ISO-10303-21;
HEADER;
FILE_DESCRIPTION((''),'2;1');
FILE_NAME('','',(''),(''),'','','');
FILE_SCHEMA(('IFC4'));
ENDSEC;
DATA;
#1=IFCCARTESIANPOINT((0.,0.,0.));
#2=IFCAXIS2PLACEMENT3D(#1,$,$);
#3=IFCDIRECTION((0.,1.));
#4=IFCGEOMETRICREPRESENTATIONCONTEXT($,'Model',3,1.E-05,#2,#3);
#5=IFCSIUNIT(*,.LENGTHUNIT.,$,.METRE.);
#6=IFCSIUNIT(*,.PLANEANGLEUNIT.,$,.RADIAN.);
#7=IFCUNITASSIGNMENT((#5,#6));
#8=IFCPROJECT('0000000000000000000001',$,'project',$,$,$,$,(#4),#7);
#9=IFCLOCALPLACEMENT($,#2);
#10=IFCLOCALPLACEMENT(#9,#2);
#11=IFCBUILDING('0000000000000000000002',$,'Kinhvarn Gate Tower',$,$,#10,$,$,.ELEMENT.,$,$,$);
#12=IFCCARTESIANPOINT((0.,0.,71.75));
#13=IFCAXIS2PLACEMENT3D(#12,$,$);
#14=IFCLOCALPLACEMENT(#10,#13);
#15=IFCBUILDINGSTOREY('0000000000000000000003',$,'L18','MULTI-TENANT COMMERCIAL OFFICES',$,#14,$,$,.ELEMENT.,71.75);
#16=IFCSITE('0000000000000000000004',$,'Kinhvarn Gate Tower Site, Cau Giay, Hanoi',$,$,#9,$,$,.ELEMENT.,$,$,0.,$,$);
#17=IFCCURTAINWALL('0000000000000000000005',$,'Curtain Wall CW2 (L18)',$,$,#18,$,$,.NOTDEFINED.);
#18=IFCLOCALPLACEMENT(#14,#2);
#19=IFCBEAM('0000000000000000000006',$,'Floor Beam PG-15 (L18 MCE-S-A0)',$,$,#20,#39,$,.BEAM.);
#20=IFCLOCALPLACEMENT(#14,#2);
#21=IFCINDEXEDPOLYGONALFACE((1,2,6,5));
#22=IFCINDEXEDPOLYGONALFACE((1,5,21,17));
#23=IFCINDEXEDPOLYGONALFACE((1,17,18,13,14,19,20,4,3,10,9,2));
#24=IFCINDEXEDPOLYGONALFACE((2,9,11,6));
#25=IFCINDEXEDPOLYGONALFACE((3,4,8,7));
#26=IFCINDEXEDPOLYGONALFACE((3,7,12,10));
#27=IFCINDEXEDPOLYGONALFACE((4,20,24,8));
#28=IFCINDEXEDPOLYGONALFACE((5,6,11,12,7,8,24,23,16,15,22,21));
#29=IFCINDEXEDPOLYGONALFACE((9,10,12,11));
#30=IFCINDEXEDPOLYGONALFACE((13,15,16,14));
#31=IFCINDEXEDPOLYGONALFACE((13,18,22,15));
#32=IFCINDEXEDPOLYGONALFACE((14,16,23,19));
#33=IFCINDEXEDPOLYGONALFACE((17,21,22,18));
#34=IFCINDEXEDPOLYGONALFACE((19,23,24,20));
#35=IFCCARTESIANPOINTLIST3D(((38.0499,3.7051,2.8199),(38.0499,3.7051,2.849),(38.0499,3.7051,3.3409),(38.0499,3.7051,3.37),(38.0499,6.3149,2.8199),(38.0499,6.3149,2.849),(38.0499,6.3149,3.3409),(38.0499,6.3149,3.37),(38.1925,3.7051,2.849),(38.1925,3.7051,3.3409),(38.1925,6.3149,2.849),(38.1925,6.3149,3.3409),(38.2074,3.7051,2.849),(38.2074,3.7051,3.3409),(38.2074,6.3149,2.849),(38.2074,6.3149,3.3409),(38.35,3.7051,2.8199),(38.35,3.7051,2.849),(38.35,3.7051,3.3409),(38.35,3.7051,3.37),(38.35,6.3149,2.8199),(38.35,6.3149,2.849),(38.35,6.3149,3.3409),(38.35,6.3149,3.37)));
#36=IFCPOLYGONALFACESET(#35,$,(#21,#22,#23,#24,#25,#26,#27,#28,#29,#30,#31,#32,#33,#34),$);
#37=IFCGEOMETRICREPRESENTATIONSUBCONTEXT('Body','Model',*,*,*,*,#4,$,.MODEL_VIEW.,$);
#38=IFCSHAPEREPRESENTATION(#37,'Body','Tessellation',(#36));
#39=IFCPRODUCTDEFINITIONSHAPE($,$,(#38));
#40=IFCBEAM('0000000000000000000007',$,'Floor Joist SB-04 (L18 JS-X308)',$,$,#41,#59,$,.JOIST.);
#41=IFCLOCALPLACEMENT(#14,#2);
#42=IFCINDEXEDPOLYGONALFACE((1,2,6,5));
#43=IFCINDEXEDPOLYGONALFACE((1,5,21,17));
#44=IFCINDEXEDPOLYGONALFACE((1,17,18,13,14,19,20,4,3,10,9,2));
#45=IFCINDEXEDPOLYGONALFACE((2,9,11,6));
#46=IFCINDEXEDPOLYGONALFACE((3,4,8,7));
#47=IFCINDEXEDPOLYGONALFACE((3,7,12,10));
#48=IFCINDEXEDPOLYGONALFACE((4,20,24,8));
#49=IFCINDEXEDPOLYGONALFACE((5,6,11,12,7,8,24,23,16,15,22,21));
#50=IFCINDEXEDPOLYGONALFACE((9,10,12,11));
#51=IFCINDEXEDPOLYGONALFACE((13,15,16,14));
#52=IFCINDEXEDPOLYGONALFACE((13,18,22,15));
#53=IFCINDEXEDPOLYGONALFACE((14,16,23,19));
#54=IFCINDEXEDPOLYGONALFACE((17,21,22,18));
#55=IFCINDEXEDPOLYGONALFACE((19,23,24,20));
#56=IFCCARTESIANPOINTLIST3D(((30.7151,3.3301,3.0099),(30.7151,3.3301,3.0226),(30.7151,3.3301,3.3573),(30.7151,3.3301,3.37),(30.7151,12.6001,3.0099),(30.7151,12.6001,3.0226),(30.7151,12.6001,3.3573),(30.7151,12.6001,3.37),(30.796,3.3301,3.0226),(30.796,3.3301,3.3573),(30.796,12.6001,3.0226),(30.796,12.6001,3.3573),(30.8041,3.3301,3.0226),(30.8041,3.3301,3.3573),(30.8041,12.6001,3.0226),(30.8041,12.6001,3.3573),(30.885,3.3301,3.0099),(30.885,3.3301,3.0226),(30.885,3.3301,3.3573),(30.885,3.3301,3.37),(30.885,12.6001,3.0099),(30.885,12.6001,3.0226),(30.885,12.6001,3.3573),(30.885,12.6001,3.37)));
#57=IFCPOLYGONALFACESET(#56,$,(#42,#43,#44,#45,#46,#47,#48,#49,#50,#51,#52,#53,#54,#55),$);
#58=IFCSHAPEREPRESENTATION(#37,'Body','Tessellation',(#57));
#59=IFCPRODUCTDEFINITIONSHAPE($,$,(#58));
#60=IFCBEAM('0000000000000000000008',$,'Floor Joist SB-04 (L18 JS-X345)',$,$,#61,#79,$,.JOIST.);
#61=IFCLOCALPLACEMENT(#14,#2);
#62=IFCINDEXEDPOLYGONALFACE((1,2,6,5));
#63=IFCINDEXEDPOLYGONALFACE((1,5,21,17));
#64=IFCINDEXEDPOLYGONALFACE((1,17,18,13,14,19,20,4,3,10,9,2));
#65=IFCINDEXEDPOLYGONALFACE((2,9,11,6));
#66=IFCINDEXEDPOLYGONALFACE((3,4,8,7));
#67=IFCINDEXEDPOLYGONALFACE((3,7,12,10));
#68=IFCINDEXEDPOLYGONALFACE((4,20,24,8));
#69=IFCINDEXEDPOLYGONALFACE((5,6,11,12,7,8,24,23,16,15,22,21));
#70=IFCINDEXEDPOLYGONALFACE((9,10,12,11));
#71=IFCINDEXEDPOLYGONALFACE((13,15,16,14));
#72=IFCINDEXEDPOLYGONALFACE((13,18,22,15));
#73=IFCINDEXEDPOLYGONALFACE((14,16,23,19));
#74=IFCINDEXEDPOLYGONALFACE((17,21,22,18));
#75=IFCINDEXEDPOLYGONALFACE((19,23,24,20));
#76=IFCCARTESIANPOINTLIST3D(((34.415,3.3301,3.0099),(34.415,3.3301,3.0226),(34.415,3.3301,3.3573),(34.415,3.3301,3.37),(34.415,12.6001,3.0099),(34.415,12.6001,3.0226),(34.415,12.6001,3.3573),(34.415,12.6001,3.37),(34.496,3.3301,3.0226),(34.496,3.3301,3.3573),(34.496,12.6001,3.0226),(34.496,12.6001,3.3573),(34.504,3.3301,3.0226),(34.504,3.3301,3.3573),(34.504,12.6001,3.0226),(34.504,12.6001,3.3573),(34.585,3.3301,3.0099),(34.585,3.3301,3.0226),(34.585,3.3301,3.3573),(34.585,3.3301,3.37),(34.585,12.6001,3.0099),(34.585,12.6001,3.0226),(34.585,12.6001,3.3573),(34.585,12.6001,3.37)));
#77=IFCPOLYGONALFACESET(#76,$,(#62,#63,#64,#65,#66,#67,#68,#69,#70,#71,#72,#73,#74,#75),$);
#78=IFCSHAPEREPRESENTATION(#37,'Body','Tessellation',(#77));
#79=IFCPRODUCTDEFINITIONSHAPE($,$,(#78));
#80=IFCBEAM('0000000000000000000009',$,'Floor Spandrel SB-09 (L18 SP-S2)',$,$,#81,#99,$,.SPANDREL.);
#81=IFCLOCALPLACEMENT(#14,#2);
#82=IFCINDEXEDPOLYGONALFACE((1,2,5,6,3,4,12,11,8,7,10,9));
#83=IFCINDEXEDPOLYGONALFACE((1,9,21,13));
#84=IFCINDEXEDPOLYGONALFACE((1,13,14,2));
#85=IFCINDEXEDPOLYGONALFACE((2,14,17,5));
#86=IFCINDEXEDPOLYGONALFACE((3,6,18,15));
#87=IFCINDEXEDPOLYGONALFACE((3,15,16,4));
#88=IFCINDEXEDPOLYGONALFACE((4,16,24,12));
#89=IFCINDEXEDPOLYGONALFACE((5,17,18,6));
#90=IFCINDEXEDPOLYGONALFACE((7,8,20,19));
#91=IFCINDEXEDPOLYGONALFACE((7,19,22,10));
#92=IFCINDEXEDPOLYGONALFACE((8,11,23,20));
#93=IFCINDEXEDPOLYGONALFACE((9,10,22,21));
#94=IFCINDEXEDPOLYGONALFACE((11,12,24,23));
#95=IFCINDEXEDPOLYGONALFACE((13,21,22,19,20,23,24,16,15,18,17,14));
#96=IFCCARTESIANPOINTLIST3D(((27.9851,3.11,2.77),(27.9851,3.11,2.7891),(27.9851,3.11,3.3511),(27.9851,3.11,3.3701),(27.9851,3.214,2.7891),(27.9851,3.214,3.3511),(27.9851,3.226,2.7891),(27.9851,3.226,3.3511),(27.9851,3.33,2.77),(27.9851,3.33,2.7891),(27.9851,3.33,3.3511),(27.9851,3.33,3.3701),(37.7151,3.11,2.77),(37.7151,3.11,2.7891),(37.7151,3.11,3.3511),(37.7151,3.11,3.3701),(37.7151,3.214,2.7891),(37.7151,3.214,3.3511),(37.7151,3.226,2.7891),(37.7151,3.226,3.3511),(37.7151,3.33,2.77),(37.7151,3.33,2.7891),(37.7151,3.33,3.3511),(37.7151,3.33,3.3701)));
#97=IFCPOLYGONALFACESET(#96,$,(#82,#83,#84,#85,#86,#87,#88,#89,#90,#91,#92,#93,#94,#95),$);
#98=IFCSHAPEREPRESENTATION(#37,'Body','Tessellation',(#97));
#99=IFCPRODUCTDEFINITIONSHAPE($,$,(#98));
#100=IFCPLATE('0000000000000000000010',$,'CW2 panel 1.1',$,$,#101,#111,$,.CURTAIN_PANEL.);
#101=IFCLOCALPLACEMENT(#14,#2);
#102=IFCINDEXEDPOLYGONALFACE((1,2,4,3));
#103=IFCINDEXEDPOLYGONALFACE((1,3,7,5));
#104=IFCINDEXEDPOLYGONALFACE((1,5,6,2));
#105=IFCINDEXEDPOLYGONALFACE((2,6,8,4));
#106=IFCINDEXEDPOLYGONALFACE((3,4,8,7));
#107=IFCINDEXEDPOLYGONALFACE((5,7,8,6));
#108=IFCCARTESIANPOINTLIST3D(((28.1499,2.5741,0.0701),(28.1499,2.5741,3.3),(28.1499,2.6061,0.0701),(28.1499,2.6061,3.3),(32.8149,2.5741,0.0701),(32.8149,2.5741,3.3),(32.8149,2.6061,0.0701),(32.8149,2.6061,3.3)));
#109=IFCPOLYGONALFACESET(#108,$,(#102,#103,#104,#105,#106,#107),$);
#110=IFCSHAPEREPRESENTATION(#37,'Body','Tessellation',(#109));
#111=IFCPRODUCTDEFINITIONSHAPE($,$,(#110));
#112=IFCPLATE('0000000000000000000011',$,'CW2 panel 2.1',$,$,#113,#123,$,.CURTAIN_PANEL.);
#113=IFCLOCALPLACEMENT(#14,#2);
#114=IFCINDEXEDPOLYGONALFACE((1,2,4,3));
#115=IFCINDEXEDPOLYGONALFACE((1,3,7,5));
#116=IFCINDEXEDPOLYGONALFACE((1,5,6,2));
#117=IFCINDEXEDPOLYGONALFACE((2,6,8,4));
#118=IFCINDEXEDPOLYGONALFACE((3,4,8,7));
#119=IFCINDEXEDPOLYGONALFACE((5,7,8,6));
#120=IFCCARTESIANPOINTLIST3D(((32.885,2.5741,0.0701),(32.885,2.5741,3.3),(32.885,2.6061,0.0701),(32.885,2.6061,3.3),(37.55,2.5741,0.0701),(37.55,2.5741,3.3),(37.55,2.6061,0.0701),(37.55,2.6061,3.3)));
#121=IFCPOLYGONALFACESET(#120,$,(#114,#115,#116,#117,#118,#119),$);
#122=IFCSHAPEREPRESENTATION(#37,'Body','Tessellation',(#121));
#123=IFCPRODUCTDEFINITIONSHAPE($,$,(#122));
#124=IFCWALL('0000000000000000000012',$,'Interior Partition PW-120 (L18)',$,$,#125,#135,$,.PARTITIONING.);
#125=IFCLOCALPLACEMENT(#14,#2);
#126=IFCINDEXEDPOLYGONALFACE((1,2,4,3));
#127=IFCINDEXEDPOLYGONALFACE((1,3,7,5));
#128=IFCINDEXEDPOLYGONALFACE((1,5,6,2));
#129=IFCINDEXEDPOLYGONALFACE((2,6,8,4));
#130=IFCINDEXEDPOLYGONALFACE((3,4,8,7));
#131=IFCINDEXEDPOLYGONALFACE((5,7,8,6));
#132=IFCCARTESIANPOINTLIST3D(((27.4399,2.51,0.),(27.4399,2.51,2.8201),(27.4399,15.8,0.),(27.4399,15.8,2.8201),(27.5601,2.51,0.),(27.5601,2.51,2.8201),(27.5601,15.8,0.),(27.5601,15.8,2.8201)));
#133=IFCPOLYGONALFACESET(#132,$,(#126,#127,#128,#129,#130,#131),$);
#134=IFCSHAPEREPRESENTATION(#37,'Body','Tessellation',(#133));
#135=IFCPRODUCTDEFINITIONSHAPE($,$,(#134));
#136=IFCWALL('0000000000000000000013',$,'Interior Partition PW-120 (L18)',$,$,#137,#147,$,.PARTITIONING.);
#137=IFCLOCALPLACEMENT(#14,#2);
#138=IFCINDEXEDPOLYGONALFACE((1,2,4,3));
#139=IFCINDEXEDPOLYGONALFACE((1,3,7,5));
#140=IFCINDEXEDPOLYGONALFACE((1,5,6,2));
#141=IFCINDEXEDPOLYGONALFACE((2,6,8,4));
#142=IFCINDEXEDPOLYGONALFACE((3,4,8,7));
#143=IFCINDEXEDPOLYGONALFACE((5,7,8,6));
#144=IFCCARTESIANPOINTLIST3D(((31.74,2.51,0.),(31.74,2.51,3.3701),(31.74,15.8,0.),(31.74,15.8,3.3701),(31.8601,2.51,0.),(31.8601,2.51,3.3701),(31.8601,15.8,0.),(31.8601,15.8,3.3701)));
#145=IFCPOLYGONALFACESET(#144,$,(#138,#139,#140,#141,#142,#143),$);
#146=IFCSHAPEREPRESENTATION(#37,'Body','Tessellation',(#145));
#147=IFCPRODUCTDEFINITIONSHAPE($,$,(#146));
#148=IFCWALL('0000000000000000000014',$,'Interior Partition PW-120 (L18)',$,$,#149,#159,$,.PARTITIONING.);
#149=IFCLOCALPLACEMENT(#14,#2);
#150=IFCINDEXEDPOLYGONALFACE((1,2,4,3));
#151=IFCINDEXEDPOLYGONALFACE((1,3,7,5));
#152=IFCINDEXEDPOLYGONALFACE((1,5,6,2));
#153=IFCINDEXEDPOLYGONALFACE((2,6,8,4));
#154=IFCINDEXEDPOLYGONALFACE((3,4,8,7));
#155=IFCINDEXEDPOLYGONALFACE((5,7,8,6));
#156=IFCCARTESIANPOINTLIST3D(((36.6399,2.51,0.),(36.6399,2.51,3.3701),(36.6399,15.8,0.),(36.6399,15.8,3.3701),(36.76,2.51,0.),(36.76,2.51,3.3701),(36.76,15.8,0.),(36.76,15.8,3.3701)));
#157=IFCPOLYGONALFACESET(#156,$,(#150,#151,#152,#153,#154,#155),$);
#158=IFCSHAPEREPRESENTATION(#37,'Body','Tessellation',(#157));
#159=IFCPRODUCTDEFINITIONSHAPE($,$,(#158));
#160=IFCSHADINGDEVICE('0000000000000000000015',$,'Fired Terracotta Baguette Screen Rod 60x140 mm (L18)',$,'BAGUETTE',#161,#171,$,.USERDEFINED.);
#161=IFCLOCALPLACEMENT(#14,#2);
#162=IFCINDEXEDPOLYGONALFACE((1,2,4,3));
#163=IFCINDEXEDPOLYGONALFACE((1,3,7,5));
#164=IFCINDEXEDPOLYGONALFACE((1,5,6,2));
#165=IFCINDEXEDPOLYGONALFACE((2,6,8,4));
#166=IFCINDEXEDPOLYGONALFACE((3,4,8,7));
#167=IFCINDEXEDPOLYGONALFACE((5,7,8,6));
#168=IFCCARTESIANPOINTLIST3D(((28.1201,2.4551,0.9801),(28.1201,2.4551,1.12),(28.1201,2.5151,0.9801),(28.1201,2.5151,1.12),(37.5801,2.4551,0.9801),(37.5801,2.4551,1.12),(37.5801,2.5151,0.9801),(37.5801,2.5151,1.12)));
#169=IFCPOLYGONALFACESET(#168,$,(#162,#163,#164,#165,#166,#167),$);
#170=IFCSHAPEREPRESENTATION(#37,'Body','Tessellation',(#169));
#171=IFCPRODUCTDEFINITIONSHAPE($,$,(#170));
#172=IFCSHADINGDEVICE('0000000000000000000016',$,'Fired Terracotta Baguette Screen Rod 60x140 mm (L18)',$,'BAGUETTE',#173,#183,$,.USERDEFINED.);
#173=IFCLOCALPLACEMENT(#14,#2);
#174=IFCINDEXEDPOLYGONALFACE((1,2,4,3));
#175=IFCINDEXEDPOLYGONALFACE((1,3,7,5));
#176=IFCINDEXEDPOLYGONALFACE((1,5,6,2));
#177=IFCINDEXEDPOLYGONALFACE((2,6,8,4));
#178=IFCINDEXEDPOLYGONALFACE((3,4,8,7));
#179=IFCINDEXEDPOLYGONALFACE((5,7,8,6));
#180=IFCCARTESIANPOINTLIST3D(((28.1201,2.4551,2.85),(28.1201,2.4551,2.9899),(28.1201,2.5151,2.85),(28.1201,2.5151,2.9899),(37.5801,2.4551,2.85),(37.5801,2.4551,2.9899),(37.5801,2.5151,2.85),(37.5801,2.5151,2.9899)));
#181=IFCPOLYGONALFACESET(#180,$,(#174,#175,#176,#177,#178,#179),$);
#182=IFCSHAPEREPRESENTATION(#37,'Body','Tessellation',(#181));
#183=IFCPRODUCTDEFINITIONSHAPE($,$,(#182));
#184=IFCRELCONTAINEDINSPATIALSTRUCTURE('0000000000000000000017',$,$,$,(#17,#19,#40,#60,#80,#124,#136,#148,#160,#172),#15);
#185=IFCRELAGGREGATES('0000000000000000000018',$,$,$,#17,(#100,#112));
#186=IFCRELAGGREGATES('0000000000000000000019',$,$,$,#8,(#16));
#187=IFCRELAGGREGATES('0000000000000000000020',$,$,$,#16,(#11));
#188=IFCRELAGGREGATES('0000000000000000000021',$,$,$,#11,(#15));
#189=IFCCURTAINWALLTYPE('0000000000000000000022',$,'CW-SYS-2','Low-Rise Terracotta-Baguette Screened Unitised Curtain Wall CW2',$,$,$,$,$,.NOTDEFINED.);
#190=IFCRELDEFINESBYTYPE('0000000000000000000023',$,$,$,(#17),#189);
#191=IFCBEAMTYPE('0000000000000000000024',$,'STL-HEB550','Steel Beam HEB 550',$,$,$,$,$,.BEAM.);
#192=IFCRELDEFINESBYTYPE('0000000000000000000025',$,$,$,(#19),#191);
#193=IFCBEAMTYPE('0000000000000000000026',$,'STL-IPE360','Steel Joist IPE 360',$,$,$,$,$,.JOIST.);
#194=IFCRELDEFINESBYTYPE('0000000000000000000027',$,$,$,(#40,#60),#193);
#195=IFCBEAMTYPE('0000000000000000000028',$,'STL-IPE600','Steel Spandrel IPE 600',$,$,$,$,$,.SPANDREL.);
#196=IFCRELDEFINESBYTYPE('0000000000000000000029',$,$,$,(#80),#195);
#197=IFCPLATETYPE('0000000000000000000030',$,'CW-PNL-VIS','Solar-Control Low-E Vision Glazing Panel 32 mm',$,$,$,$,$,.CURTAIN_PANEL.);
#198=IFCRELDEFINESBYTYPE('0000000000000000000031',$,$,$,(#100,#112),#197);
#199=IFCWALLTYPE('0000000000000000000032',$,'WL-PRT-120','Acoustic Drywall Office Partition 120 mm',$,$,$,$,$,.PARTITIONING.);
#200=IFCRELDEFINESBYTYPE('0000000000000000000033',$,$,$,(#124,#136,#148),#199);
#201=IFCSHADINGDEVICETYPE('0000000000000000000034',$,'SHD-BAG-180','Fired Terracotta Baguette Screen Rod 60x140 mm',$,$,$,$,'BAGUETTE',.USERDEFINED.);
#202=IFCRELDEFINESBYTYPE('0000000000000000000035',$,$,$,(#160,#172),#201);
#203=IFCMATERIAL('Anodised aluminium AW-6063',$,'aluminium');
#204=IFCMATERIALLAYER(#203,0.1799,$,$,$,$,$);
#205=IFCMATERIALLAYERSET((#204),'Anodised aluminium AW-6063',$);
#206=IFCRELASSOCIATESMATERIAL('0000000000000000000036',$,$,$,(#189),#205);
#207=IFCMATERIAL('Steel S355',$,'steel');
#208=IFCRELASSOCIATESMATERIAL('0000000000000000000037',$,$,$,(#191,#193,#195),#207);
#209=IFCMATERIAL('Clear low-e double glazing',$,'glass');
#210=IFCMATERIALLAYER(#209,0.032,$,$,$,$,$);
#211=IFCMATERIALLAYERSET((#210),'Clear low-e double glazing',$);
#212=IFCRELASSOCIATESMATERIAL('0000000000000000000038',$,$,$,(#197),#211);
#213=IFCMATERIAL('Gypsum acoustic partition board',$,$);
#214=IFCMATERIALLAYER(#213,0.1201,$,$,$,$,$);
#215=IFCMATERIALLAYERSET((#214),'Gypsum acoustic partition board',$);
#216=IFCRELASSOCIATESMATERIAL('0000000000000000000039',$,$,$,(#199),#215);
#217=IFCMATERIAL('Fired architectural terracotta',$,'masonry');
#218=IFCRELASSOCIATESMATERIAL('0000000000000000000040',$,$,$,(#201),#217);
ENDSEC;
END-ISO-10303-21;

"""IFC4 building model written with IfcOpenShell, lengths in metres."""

from ifc_helpers import new_model, si_unit, direction, frame, frame_2d, origin, origin_2d, place, context, subcontext, project, spatial, rectangle, i_section, extrude, material, layer, layer_set, material_profile, profile_set, type_object, element, aggregate, save


model = new_model("IFC4")

# Units and contexts
model_context = context("Model", 3, precision=1e-05, world=origin(), true_north=direction((0.0, 1.0)))
body_context = subcontext(model_context, "Body", "Model", "MODEL_VIEW")
ifc_project = project(units=[si_unit("LENGTHUNIT", "METRE"), si_unit("PLANEANGLEUNIT", "RADIAN")], contexts=[model_context])

# Site, building, storey
site_placement = place(None, origin())
site = spatial("IfcSite", under=ifc_project, at=site_placement, Name="Kinhvarn Gate Tower Site, Cau Giay, Hanoi", CompositionType="ELEMENT", RefElevation=0.0)
building_placement = place(site_placement, origin())
building = spatial("IfcBuilding", under=site, at=building_placement, Name="Kinhvarn Gate Tower", CompositionType="ELEMENT")
storey_placement = place(building_placement, frame((0.0, 0.0, 71.75)))
storey = spatial("IfcBuildingStorey", under=building, at=storey_placement, Name="L18", Description="MULTI-TENANT COMMERCIAL OFFICES", CompositionType="ELEMENT", Elevation=71.75)

# Shared definitions
ifc_material_1 = material(Name="Anodised aluminium AW-6063", Category="aluminium")
ifc_layer_1 = layer(ifc_material_1, 0.1799)
ifc_layer_set_1 = layer_set([ifc_layer_1], Name="Anodised aluminium AW-6063")
curtain_wall_type = type_object("IfcCurtainWallType", Name="CW-SYS-2", Description="Low-Rise Terracotta-Baguette Screened Unitised Curtain Wall CW2", PredefinedType="NOTDEFINED", material=ifc_layer_set_1)

# Curtain wall
curtain_wall_1_placement = place(storey_placement, origin())
curtain_wall_1 = element("IfcCurtainWall", 1, at=curtain_wall_1_placement, inside=storey, type_object=curtain_wall_type, Name="Curtain Wall CW2 (L18)", PredefinedType="NOTDEFINED")

# Beams
ifc_material_2 = material(Name="Steel S355", Category="steel")
ifc_material_profile_1 = material_profile(ifc_material_2, i_section(OverallWidth=0.3, OverallDepth=0.55, WebThickness=0.0149, FlangeThickness=0.0291, at=origin_2d()), Name="HEB 550")
ifc_profile_set_1 = profile_set([ifc_material_profile_1], Name="Steel S355")
beam_type_1 = type_object("IfcBeamType", Name="STL-HEB550", Description="Steel Beam HEB 550", PredefinedType="BEAM", material=ifc_profile_set_1)
beam_1_placement = place(storey_placement, frame((38.2, 3.7051, 3.095), z_axis=(0.0, 1.0, 0.0), x_axis=(-1.0, 0.0, 0.0)))
element("IfcBeam", 2, at=beam_1_placement, inside=storey, type_object=beam_type_1, Name="Floor Beam PG-15 (L18 MCE-S-A0)", PredefinedType="BEAM", context=body_context, shape_type="SweptSolid", body=[
    extrude(i_section(OverallWidth=0.3, OverallDepth=0.55, WebThickness=0.0149, FlangeThickness=0.0291, at=origin_2d()), origin(), (0.0, 0.0, 1.0), 2.6099),
])
ifc_material_profile_2 = material_profile(ifc_material_2, i_section(OverallWidth=0.1699, OverallDepth=0.3601, WebThickness=0.0081, FlangeThickness=0.0127, at=origin_2d()), Name="IPE 360")
ifc_profile_set_2 = profile_set([ifc_material_profile_2], Name="Steel S355")
beam_type_2 = type_object("IfcBeamType", Name="STL-IPE360", Description="Steel Joist IPE 360", PredefinedType="JOIST", material=ifc_profile_set_2)
for number, where, z_axis, x_axis, name in (
    (3, (30.8, 3.3301, 3.1899), (0.0, 1.0, 0.0), (-1.0, 0.0, 0.0), "Floor Joist SB-04 (L18 JS-X308)"),
    (4, (34.5, 3.3301, 3.1899), (0.0, 1.0, 0.0), (-1.0, 0.0, 0.0), "Floor Joist SB-04 (L18 JS-X345)"),
):
    element("IfcBeam", number, at=place(storey_placement, frame(where, z_axis=z_axis, x_axis=x_axis)), inside=storey, type_object=beam_type_2, Name=name, PredefinedType="JOIST", context=body_context, shape_type="SweptSolid", body=[
        extrude(i_section(OverallWidth=0.1699, OverallDepth=0.3601, WebThickness=0.0081, FlangeThickness=0.0127, at=origin_2d()), origin(), (0.0, 0.0, 1.0), 9.27),
    ])
ifc_material_profile_3 = material_profile(ifc_material_2, i_section(OverallWidth=0.22, OverallDepth=0.6001, WebThickness=0.012, FlangeThickness=0.019, at=origin_2d()), Name="IPE 600")
ifc_profile_set_3 = profile_set([ifc_material_profile_3], Name="Steel S355")
beam_type_3 = type_object("IfcBeamType", Name="STL-IPE600", Description="Steel Spandrel IPE 600", PredefinedType="SPANDREL", material=ifc_profile_set_3)
beam_2_placement = place(storey_placement, frame((27.9851, 3.22, 3.0701), z_axis=(1.0, 0.0, 0.0), x_axis=(0.0, 1.0, 0.0)))
element("IfcBeam", 5, at=beam_2_placement, inside=storey, type_object=beam_type_3, Name="Floor Spandrel SB-09 (L18 SP-S2)", PredefinedType="SPANDREL", context=body_context, shape_type="SweptSolid", body=[
    extrude(i_section(OverallWidth=0.22, OverallDepth=0.6001, WebThickness=0.012, FlangeThickness=0.019, at=origin_2d()), origin(), (0.0, 0.0, 1.0), 9.73),
])

# Plates
ifc_material_3 = material(Name="Clear low-e double glazing", Category="glass")
ifc_layer_2 = layer(ifc_material_3, 0.032)
ifc_layer_set_2 = layer_set([ifc_layer_2], Name="Clear low-e double glazing")
plate_type = type_object("IfcPlateType", Name="CW-PNL-VIS", Description="Solar-Control Low-E Vision Glazing Panel 32 mm", PredefinedType="CURTAIN_PANEL", material=ifc_layer_set_2)
plate_1_placement = place(storey_placement, frame((30.4824, 2.5901, 0.0701), z_axis=(0.0, 0.0, 1.0), x_axis=(1.0, 0.0, 0.0)))
plate_1 = element("IfcPlate", 6, at=plate_1_placement, type_object=plate_type, Name="CW2 panel 1.1", PredefinedType="CURTAIN_PANEL", context=body_context, shape_type="SweptSolid", body=[
    extrude(rectangle(XDim=4.665, YDim=0.032, at=origin_2d()), origin(), (0.0, 0.0, 1.0), 3.23),
])
plate_2_placement = place(storey_placement, frame((35.2175, 2.5901, 0.0701), z_axis=(0.0, 0.0, 1.0), x_axis=(1.0, 0.0, 0.0)))
plate_2 = element("IfcPlate", 7, at=plate_2_placement, type_object=plate_type, Name="CW2 panel 2.1", PredefinedType="CURTAIN_PANEL", context=body_context, shape_type="SweptSolid", body=[
    extrude(rectangle(XDim=4.665, YDim=0.032, at=origin_2d()), origin(), (0.0, 0.0, 1.0), 3.23),
])
aggregate(curtain_wall_1, [plate_1, plate_2])

# Walls
ifc_material_4 = material(Name="Gypsum acoustic partition board")
ifc_layer_3 = layer(ifc_material_4, 0.1201)
ifc_layer_set_3 = layer_set([ifc_layer_3], Name="Gypsum acoustic partition board")
wall_type = type_object("IfcWallType", Name="WL-PRT-120", Description="Acoustic Drywall Office Partition 120 mm", PredefinedType="PARTITIONING", material=ifc_layer_set_3)
wall_placement = place(storey_placement, frame((27.5, 2.51, 0.0), z_axis=(0.0, 0.0, 1.0), x_axis=(0.0, 1.0, 0.0)))
element("IfcWall", 8, at=wall_placement, inside=storey, type_object=wall_type, Name="Interior Partition PW-120 (L18)", PredefinedType="PARTITIONING", context=body_context, shape_type="SweptSolid", body=[
    extrude(rectangle(XDim=13.29, YDim=0.1201, at=frame_2d((6.645, 0.0))), origin(), (0.0, 0.0, 1.0), 2.8201),
])
for number, where, z_axis, x_axis, name in (
    (9, (31.8, 2.51, 0.0), (0.0, 0.0, 1.0), (0.0, 1.0, 0.0), "Interior Partition PW-120 (L18)"),
    (10, (36.7, 2.51, 0.0), (0.0, 0.0, 1.0), (0.0, 1.0, 0.0), "Interior Partition PW-120 (L18)"),
):
    element("IfcWall", number, at=place(storey_placement, frame(where, z_axis=z_axis, x_axis=x_axis)), inside=storey, type_object=wall_type, Name=name, PredefinedType="PARTITIONING", context=body_context, shape_type="SweptSolid", body=[
        extrude(rectangle(XDim=13.29, YDim=0.1201, at=frame_2d((6.645, 0.0))), origin(), (0.0, 0.0, 1.0), 3.3701),
    ])

# Shading devices
ifc_material_5 = material(Name="Fired architectural terracotta", Category="masonry")
ifc_material_profile_4 = material_profile(ifc_material_5, rectangle(XDim=0.0601, YDim=0.1399, at=origin_2d()), Name="TC 60x140")
ifc_profile_set_4 = profile_set([ifc_material_profile_4], Name="Fired architectural terracotta")
shading_device_type = type_object("IfcShadingDeviceType", Name="SHD-BAG-180", Description="Fired Terracotta Baguette Screen Rod 60x140 mm", ElementType="BAGUETTE", PredefinedType="USERDEFINED", material=ifc_profile_set_4)
for number, where, z_axis, x_axis, name in (
    (11, (28.1201, 2.4851, 1.05), (1.0, 0.0, 0.0), (0.0, 1.0, 0.0), "Fired Terracotta Baguette Screen Rod 60x140 mm (L18)"),
    (12, (28.1201, 2.4851, 2.9199), (1.0, 0.0, 0.0), (0.0, 1.0, 0.0), "Fired Terracotta Baguette Screen Rod 60x140 mm (L18)"),
):
    element("IfcShadingDevice", number, at=place(storey_placement, frame(where, z_axis=z_axis, x_axis=x_axis)), inside=storey, type_object=shading_device_type, Name=name, ObjectType="BAGUETTE", PredefinedType="USERDEFINED", context=body_context, shape_type="SweptSolid", body=[
        extrude(rectangle(XDim=0.0601, YDim=0.1399, at=origin_2d()), origin(), (0.0, 0.0, 1.0), 9.46),
    ])

save(model, "model.ifc")
